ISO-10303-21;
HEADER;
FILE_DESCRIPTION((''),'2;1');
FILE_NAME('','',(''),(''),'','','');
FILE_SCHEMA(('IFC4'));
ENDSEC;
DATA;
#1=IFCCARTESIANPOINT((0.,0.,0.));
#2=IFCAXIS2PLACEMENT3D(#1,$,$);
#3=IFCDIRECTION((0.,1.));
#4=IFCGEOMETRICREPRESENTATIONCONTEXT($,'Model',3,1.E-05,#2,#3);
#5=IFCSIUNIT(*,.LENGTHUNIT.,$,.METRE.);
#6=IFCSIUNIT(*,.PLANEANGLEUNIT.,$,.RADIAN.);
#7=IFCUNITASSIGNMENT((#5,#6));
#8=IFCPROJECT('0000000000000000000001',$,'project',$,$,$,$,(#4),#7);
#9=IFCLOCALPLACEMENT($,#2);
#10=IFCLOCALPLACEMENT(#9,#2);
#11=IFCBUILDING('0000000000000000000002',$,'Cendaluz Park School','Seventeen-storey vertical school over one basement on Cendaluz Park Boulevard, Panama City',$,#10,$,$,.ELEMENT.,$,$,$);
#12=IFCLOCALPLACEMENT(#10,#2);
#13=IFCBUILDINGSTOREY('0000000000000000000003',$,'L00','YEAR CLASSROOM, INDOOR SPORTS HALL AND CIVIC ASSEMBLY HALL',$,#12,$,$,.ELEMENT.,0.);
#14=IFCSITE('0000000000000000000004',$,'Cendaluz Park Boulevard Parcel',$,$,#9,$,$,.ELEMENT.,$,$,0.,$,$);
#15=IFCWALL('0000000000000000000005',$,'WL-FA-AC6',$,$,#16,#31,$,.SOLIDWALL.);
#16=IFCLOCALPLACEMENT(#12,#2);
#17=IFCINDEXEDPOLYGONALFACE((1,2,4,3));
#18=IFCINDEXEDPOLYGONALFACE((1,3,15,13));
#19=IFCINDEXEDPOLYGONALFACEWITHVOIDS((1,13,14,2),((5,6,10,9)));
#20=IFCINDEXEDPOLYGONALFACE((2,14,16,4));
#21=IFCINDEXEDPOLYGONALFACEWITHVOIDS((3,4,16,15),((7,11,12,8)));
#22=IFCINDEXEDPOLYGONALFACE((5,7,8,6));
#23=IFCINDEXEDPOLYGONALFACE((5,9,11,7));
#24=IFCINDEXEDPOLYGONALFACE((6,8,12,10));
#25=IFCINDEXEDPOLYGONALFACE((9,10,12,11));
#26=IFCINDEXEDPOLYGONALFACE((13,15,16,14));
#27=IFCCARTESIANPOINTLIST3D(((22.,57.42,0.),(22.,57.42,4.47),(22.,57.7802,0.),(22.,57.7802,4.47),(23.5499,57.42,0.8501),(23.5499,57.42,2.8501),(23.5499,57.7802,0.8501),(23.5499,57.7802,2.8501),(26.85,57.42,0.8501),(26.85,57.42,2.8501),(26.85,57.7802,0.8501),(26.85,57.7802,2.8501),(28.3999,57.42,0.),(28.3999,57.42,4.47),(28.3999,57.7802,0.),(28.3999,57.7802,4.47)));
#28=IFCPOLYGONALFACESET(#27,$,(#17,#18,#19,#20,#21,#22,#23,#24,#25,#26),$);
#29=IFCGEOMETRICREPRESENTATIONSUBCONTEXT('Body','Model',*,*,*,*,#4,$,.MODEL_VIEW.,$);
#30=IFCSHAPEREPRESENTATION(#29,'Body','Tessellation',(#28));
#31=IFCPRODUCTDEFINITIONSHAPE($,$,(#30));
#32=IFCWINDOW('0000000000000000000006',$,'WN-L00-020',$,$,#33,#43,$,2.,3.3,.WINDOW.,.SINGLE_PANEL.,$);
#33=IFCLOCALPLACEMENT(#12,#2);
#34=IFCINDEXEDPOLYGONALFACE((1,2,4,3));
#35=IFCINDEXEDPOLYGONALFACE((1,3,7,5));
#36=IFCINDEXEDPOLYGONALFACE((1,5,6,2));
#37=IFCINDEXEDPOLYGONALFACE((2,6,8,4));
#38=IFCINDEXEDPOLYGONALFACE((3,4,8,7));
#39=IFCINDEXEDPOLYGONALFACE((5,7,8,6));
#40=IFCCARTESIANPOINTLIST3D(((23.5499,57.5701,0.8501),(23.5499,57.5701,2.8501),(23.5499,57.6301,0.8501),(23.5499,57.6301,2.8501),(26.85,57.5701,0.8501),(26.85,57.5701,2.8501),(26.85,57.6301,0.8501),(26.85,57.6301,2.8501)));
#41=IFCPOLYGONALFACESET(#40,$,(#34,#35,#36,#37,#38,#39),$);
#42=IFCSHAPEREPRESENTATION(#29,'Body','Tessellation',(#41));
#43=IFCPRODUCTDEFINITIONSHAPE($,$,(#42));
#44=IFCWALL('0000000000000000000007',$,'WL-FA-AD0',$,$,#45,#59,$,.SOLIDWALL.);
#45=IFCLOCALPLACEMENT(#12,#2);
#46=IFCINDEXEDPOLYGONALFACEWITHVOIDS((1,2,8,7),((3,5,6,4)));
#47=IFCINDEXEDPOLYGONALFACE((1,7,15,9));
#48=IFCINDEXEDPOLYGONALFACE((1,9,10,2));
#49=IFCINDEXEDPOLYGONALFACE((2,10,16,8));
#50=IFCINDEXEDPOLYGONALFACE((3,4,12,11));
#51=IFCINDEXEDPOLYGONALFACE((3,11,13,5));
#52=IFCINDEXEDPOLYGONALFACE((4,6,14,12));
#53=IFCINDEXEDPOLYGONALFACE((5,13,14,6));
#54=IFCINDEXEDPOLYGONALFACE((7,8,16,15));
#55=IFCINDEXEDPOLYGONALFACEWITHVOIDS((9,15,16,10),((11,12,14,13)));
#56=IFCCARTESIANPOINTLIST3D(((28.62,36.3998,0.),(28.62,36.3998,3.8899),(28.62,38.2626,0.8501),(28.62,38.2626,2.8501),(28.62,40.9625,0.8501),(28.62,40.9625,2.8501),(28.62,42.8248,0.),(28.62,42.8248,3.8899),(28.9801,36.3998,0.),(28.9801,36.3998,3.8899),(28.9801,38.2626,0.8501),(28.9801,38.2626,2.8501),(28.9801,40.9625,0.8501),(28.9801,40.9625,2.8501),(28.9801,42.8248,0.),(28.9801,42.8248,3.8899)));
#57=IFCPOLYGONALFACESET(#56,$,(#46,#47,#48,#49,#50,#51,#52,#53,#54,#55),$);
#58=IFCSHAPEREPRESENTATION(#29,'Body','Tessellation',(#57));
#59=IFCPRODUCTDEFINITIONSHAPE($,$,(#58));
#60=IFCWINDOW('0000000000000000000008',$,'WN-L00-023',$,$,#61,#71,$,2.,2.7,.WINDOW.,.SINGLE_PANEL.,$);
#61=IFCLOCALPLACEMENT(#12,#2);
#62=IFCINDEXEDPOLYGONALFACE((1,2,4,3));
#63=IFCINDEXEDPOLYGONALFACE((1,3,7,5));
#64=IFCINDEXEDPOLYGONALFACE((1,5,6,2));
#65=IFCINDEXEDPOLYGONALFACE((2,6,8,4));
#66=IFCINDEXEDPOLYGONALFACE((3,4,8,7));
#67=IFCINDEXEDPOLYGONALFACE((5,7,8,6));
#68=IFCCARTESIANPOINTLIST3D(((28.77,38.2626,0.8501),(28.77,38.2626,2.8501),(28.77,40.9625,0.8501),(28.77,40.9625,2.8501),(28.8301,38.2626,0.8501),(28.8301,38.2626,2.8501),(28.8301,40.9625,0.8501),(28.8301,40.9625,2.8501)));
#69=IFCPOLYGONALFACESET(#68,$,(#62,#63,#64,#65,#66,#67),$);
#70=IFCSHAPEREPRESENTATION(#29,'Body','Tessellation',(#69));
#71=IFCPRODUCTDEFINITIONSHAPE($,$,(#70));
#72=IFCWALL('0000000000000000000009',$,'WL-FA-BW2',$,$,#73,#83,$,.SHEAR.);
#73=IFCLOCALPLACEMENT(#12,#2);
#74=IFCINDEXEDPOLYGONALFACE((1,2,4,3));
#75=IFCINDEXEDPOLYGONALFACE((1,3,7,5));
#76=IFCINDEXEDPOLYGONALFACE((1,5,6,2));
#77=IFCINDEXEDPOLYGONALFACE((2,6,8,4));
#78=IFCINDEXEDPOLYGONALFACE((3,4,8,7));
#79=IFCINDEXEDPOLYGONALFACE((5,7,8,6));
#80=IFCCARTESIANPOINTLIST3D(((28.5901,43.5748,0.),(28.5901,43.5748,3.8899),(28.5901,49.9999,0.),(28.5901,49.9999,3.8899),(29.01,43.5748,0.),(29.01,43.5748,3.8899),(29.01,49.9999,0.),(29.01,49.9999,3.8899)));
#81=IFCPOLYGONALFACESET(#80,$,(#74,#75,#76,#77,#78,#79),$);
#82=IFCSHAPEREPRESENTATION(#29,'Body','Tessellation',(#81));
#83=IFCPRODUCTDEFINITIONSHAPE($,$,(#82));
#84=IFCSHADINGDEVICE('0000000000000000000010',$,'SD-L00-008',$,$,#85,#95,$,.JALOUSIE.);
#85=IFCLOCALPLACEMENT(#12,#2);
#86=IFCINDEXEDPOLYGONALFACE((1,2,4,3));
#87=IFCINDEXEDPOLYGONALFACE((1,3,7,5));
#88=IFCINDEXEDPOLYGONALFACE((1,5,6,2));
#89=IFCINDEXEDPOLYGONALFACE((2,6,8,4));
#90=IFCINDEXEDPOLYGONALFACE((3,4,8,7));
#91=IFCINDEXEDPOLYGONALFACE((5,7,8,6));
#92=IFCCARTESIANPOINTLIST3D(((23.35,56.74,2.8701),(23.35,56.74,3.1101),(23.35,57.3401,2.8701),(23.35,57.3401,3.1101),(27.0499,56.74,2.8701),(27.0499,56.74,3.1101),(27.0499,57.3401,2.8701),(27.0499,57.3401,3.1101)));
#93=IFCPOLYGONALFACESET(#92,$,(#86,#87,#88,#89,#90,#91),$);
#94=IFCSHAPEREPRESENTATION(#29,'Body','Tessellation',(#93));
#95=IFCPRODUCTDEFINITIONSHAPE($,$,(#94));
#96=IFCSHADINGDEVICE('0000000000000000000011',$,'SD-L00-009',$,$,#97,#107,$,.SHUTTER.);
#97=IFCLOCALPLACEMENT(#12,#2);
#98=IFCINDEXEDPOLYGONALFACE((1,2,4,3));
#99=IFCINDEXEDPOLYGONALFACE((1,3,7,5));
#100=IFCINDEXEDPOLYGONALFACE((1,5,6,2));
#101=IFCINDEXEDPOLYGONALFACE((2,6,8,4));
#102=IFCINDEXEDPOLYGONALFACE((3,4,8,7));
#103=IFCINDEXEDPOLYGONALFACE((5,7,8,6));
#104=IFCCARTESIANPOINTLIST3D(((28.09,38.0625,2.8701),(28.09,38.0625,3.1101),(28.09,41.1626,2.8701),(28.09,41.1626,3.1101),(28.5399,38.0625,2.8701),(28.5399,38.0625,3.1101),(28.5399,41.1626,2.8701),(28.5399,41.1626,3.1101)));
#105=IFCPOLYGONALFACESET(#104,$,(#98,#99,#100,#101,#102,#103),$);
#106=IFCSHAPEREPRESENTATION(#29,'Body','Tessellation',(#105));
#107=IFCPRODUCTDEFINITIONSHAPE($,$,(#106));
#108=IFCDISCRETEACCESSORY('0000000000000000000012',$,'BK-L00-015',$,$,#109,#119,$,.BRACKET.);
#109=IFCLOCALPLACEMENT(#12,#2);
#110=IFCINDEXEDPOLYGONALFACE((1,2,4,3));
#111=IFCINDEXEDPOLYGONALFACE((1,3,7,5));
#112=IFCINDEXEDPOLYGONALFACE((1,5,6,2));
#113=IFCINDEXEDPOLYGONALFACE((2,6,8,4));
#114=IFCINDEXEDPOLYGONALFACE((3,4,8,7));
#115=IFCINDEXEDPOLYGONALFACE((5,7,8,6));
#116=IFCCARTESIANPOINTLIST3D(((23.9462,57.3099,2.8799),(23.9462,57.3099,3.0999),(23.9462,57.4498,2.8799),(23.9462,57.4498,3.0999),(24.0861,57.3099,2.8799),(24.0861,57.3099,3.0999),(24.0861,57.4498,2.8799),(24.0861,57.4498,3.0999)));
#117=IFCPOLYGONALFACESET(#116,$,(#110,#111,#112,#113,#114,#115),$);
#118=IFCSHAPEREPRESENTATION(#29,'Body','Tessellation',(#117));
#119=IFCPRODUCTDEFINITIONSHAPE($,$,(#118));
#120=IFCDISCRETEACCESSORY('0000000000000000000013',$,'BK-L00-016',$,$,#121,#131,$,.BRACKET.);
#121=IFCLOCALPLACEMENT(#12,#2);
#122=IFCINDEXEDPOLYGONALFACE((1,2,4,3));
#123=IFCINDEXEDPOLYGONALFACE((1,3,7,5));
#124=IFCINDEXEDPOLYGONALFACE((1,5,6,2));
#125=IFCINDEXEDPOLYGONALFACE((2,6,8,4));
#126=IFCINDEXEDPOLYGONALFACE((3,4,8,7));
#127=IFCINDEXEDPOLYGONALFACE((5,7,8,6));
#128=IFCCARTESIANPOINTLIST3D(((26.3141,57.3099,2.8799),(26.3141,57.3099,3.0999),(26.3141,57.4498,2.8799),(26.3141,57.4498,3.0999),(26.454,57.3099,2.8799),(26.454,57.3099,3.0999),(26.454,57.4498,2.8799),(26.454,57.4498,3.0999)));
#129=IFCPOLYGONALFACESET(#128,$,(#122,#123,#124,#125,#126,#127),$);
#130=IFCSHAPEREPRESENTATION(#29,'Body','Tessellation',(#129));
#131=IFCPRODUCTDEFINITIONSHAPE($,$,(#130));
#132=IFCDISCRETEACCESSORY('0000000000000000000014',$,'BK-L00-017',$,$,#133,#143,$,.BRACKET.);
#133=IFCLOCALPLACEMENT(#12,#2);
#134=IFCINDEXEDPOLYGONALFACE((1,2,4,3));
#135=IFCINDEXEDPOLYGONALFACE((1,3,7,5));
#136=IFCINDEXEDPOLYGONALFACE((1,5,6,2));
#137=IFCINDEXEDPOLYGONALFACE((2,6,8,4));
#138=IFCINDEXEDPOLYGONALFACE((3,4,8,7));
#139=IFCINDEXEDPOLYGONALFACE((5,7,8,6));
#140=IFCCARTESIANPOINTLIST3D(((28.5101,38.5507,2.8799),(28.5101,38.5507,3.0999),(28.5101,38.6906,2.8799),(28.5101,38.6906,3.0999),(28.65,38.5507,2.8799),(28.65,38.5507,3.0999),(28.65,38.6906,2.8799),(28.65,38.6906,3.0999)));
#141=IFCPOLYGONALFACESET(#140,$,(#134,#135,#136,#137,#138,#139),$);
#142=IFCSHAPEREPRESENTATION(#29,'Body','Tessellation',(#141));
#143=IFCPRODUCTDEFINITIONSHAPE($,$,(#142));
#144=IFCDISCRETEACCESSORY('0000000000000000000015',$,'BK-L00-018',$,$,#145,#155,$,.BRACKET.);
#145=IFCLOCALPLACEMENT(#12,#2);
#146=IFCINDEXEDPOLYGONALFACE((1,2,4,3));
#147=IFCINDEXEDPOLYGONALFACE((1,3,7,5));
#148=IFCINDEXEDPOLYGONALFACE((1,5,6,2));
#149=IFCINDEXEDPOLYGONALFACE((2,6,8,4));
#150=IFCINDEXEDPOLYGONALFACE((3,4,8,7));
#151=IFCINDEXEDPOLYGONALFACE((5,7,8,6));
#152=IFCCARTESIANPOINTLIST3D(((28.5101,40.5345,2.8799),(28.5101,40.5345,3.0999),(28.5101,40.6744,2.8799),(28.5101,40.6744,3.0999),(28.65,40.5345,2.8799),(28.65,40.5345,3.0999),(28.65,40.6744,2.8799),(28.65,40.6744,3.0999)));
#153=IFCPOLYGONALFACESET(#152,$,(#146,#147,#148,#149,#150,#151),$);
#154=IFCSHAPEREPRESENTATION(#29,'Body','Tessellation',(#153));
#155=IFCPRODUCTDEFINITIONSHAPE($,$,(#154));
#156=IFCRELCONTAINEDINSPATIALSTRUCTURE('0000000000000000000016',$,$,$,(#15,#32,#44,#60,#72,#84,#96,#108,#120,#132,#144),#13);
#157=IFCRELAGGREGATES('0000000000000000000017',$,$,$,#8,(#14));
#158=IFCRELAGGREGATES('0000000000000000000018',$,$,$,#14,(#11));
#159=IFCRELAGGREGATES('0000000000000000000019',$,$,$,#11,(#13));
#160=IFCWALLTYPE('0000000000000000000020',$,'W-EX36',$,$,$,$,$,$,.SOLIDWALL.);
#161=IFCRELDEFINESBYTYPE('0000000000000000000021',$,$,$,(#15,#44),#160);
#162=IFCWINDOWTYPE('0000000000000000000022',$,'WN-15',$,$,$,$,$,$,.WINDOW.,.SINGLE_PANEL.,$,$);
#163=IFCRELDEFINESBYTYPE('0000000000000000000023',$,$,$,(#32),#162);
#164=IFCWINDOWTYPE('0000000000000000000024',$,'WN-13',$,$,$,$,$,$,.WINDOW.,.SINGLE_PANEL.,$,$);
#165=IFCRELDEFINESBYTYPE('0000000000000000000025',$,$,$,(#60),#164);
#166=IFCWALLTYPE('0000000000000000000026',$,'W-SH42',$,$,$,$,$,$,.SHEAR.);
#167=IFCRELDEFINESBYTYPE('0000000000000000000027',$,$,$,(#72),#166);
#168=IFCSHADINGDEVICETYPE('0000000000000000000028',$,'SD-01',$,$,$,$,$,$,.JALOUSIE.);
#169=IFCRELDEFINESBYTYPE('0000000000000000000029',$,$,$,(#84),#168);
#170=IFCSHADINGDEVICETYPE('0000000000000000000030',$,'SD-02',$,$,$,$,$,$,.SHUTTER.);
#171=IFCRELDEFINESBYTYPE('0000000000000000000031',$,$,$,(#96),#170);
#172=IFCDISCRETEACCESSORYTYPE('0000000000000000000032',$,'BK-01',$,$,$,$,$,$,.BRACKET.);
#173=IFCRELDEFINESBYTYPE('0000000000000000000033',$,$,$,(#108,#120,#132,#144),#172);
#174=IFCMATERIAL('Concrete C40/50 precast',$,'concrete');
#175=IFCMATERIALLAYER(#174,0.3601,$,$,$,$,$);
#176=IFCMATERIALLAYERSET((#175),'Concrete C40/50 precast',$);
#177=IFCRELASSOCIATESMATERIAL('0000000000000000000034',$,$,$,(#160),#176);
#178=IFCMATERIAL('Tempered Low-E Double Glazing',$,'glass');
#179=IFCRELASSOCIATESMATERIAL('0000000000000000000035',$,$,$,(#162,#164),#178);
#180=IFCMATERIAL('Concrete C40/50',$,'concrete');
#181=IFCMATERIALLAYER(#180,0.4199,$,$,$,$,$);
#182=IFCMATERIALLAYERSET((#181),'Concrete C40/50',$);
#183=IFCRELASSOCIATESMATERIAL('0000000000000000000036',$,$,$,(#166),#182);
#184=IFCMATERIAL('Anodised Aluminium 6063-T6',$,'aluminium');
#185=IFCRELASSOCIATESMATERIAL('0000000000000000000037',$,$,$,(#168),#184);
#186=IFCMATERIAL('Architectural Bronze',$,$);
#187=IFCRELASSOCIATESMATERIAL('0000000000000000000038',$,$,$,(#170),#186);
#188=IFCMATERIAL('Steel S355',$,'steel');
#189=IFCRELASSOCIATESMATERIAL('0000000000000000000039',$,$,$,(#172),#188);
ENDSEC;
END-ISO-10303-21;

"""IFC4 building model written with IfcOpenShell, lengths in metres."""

from ifc_helpers import new_model, si_unit, direction, frame, frame_2d, origin, origin_2d, place, context, subcontext, project, spatial, rectangle, extrude, material, layer, layer_set, type_object, element, fill, save


model = new_model("IFC4")

# Units and contexts
model_context = context("Model", 3, precision=1e-05, world=origin(), true_north=direction((0.0, 1.0)))
body_context = subcontext(model_context, "Body", "Model", "MODEL_VIEW")
ifc_project = project(units=[si_unit("LENGTHUNIT", "METRE"), si_unit("PLANEANGLEUNIT", "RADIAN")], contexts=[model_context])

# Site, building, storey
site_placement = place(None, origin())
site = spatial("IfcSite", under=ifc_project, at=site_placement, Name="Cendaluz Park Boulevard Parcel", CompositionType="ELEMENT", RefElevation=0.0)
building_placement = place(site_placement, origin())
building = spatial("IfcBuilding", under=site, at=building_placement, Name="Cendaluz Park School", Description="Seventeen-storey vertical school over one basement on Cendaluz Park Boulevard, Panama City", CompositionType="ELEMENT")
storey_placement = place(building_placement, origin())
storey = spatial("IfcBuildingStorey", under=building, at=storey_placement, Name="L00", Description="YEAR CLASSROOM, INDOOR SPORTS HALL AND CIVIC ASSEMBLY HALL", CompositionType="ELEMENT", Elevation=0.0)

# Shared definitions
ifc_material_1 = material(Name="Concrete C40/50", Category="concrete")

# Shared definitions
ifc_material_2 = material(Name="Concrete C40/50 precast", Category="concrete")
ifc_layer_1 = layer(ifc_material_2, 0.3601)
ifc_layer_set_1 = layer_set([ifc_layer_1], Name="Concrete C40/50 precast")
wall_type_1 = type_object("IfcWallType", Name="W-EX36", PredefinedType="SOLIDWALL", material=ifc_layer_set_1)
ifc_material_3 = material(Name="Tempered Low-E Double Glazing", Category="glass")

# Shared definitions
ifc_material_4 = material(Name="Architectural Bronze")

# Walls, openings, windows
wall_1_placement = place(storey_placement, frame((22.0, 57.6001, 0.0), z_axis=(0.0, 0.0, 1.0), x_axis=(1.0, 0.0, 0.0)))
wall_1 = element("IfcWall", 1, at=wall_1_placement, inside=storey, type_object=wall_type_1, Name="WL-FA-AC6", PredefinedType="SOLIDWALL", context=body_context, shape_type="SweptSolid", body=[
    extrude(rectangle(XDim=6.3999, YDim=0.3601, at=frame_2d((3.2, 0.0))), origin(), (0.0, 0.0, 1.0), 4.47),
])
opening_1_placement = place(wall_1_placement, frame((1.55, 0.0, 0.8501)))
opening_1 = element("IfcOpeningElement", 2, at=opening_1_placement, cuts=wall_1, PredefinedType="OPENING", context=body_context, shape_type="SweptSolid", body=[
    extrude(rectangle(XDim=3.3, YDim=2.0, at=frame_2d((1.6499, 1.0))), frame((0.0, 0.1921, 0.0), z_axis=(0.0, -1.0, 0.0), x_axis=(1.0, 0.0, 0.0)), (0.0, 0.0, 1.0), 0.384),
])
window_type_1 = type_object("IfcWindowType", Name="WN-15", PartitioningType="SINGLE_PANEL", PredefinedType="WINDOW", material=ifc_material_3)
window_1_placement = place(opening_1_placement, origin())
window_1 = element("IfcWindow", 3, at=window_1_placement, inside=storey, type_object=window_type_1, Name="WN-L00-020", OverallHeight=2.0, OverallWidth=3.3, PartitioningType="SINGLE_PANEL", PredefinedType="WINDOW", context=body_context, shape_type="SweptSolid", body=[
    extrude(rectangle(XDim=3.3, YDim=2.0, at=frame_2d((1.6499, 1.0))), frame((0.0, 0.03, 0.0), z_axis=(0.0, -1.0, 0.0), x_axis=(1.0, 0.0, 0.0)), (0.0, 0.0, 1.0), 0.0601),
])
fill(opening_1, window_1)
wall_2_placement = place(storey_placement, frame((28.8, 36.3999, 0.0), z_axis=(0.0, 0.0, 1.0), x_axis=(0.0, 1.0, 0.0)))
wall_2 = element("IfcWall", 4, at=wall_2_placement, inside=storey, type_object=wall_type_1, Name="WL-FA-AD0", PredefinedType="SOLIDWALL", context=body_context, shape_type="SweptSolid", body=[
    extrude(rectangle(XDim=6.425, YDim=0.3601, at=frame_2d((3.2124, 0.0))), origin(), (0.0, 0.0, 1.0), 3.8899),
])
opening_2_placement = place(wall_2_placement, frame((1.8625, 0.0, 0.8501)))
opening_2 = element("IfcOpeningElement", 5, at=opening_2_placement, cuts=wall_2, PredefinedType="OPENING", context=body_context, shape_type="SweptSolid", body=[
    extrude(rectangle(XDim=2.7, YDim=2.0, at=frame_2d((1.3501, 1.0))), frame((0.0, 0.1921, 0.0), z_axis=(0.0, -1.0, 0.0), x_axis=(1.0, 0.0, 0.0)), (0.0, 0.0, 1.0), 0.384),
])
window_type_2 = type_object("IfcWindowType", Name="WN-13", PartitioningType="SINGLE_PANEL", PredefinedType="WINDOW", material=ifc_material_3)
window_2_placement = place(opening_2_placement, origin())
window_2 = element("IfcWindow", 6, at=window_2_placement, inside=storey, type_object=window_type_2, Name="WN-L00-023", OverallHeight=2.0, OverallWidth=2.7, PartitioningType="SINGLE_PANEL", PredefinedType="WINDOW", context=body_context, shape_type="SweptSolid", body=[
    extrude(rectangle(XDim=2.7, YDim=2.0, at=frame_2d((1.3501, 1.0))), frame((0.0, 0.03, 0.0), z_axis=(0.0, -1.0, 0.0), x_axis=(1.0, 0.0, 0.0)), (0.0, 0.0, 1.0), 0.0601),
])
fill(opening_2, window_2)

# Wall
ifc_layer_2 = layer(ifc_material_1, 0.4199)
ifc_layer_set_2 = layer_set([ifc_layer_2], Name="Concrete C40/50")
wall_type_2 = type_object("IfcWallType", Name="W-SH42", PredefinedType="SHEAR", material=ifc_layer_set_2)
wall_3_placement = place(storey_placement, frame((28.8, 43.575, 0.0), z_axis=(0.0, 0.0, 1.0), x_axis=(0.0, 1.0, 0.0)))
element("IfcWall", 7, at=wall_3_placement, inside=storey, type_object=wall_type_2, Name="WL-FA-BW2", PredefinedType="SHEAR", context=body_context, shape_type="SweptSolid", body=[
    extrude(rectangle(XDim=6.425, YDim=0.4199, at=frame_2d((3.2124, 0.0))), origin(), (0.0, 0.0, 1.0), 3.8899),
])

# Shading devices
ifc_material_5 = material(Name="Anodised Aluminium 6063-T6", Category="aluminium")
shading_device_type_1 = type_object("IfcShadingDeviceType", Name="SD-01", PredefinedType="JALOUSIE", material=ifc_material_5)
shading_device_1_placement = place(storey_placement, frame((25.2, 57.04, 2.8701), z_axis=(0.0, 0.0, 1.0), x_axis=(1.0, 0.0, 0.0)))
element("IfcShadingDevice", 8, at=shading_device_1_placement, inside=storey, type_object=shading_device_type_1, Name="SD-L00-008", PredefinedType="JALOUSIE", context=body_context, shape_type="SweptSolid", body=[
    extrude(rectangle(XDim=3.7, YDim=0.6001, at=origin_2d()), origin(), (0.0, 0.0, 1.0), 0.24),
])
shading_device_type_2 = type_object("IfcShadingDeviceType", Name="SD-02", PredefinedType="SHUTTER", material=ifc_material_4)
shading_device_2_placement = place(storey_placement, frame((28.3149, 39.6125, 2.8701), z_axis=(0.0, 0.0, 1.0), x_axis=(0.0, 1.0, 0.0)))
element("IfcShadingDevice", 9, at=shading_device_2_placement, inside=storey, type_object=shading_device_type_2, Name="SD-L00-009", PredefinedType="SHUTTER", context=body_context, shape_type="SweptSolid", body=[
    extrude(rectangle(XDim=3.1001, YDim=0.45, at=origin_2d()), origin(), (0.0, 0.0, 1.0), 0.24),
])

# Discrete accessories
ifc_material_6 = material(Name="Steel S355", Category="steel")
discrete_accessory_type = type_object("IfcDiscreteAccessoryType", Name="BK-01", PredefinedType="BRACKET", material=ifc_material_6)
for number, where, z_axis, x_axis, name in (
    (10, (24.0161, 57.3799, 2.8799), (0.0, 0.0, 1.0), (1.0, 0.0, 0.0), "BK-L00-015"),
    (11, (26.384, 57.3799, 2.8799), (0.0, 0.0, 1.0), (1.0, 0.0, 0.0), "BK-L00-016"),
    (12, (28.5801, 38.6206, 2.8799), (0.0, 0.0, 1.0), (0.0, 1.0, 0.0), "BK-L00-017"),
    (13, (28.5801, 40.6045, 2.8799), (0.0, 0.0, 1.0), (0.0, 1.0, 0.0), "BK-L00-018"),
):
    element("IfcDiscreteAccessory", number, at=place(storey_placement, frame(where, z_axis=z_axis, x_axis=x_axis)), inside=storey, type_object=discrete_accessory_type, Name=name, PredefinedType="BRACKET", context=body_context, shape_type="SweptSolid", body=[
        extrude(rectangle(XDim=0.1399, YDim=0.1399, at=origin_2d()), origin(), (0.0, 0.0, 1.0), 0.22),
    ])

save(model, "model.ifc")
